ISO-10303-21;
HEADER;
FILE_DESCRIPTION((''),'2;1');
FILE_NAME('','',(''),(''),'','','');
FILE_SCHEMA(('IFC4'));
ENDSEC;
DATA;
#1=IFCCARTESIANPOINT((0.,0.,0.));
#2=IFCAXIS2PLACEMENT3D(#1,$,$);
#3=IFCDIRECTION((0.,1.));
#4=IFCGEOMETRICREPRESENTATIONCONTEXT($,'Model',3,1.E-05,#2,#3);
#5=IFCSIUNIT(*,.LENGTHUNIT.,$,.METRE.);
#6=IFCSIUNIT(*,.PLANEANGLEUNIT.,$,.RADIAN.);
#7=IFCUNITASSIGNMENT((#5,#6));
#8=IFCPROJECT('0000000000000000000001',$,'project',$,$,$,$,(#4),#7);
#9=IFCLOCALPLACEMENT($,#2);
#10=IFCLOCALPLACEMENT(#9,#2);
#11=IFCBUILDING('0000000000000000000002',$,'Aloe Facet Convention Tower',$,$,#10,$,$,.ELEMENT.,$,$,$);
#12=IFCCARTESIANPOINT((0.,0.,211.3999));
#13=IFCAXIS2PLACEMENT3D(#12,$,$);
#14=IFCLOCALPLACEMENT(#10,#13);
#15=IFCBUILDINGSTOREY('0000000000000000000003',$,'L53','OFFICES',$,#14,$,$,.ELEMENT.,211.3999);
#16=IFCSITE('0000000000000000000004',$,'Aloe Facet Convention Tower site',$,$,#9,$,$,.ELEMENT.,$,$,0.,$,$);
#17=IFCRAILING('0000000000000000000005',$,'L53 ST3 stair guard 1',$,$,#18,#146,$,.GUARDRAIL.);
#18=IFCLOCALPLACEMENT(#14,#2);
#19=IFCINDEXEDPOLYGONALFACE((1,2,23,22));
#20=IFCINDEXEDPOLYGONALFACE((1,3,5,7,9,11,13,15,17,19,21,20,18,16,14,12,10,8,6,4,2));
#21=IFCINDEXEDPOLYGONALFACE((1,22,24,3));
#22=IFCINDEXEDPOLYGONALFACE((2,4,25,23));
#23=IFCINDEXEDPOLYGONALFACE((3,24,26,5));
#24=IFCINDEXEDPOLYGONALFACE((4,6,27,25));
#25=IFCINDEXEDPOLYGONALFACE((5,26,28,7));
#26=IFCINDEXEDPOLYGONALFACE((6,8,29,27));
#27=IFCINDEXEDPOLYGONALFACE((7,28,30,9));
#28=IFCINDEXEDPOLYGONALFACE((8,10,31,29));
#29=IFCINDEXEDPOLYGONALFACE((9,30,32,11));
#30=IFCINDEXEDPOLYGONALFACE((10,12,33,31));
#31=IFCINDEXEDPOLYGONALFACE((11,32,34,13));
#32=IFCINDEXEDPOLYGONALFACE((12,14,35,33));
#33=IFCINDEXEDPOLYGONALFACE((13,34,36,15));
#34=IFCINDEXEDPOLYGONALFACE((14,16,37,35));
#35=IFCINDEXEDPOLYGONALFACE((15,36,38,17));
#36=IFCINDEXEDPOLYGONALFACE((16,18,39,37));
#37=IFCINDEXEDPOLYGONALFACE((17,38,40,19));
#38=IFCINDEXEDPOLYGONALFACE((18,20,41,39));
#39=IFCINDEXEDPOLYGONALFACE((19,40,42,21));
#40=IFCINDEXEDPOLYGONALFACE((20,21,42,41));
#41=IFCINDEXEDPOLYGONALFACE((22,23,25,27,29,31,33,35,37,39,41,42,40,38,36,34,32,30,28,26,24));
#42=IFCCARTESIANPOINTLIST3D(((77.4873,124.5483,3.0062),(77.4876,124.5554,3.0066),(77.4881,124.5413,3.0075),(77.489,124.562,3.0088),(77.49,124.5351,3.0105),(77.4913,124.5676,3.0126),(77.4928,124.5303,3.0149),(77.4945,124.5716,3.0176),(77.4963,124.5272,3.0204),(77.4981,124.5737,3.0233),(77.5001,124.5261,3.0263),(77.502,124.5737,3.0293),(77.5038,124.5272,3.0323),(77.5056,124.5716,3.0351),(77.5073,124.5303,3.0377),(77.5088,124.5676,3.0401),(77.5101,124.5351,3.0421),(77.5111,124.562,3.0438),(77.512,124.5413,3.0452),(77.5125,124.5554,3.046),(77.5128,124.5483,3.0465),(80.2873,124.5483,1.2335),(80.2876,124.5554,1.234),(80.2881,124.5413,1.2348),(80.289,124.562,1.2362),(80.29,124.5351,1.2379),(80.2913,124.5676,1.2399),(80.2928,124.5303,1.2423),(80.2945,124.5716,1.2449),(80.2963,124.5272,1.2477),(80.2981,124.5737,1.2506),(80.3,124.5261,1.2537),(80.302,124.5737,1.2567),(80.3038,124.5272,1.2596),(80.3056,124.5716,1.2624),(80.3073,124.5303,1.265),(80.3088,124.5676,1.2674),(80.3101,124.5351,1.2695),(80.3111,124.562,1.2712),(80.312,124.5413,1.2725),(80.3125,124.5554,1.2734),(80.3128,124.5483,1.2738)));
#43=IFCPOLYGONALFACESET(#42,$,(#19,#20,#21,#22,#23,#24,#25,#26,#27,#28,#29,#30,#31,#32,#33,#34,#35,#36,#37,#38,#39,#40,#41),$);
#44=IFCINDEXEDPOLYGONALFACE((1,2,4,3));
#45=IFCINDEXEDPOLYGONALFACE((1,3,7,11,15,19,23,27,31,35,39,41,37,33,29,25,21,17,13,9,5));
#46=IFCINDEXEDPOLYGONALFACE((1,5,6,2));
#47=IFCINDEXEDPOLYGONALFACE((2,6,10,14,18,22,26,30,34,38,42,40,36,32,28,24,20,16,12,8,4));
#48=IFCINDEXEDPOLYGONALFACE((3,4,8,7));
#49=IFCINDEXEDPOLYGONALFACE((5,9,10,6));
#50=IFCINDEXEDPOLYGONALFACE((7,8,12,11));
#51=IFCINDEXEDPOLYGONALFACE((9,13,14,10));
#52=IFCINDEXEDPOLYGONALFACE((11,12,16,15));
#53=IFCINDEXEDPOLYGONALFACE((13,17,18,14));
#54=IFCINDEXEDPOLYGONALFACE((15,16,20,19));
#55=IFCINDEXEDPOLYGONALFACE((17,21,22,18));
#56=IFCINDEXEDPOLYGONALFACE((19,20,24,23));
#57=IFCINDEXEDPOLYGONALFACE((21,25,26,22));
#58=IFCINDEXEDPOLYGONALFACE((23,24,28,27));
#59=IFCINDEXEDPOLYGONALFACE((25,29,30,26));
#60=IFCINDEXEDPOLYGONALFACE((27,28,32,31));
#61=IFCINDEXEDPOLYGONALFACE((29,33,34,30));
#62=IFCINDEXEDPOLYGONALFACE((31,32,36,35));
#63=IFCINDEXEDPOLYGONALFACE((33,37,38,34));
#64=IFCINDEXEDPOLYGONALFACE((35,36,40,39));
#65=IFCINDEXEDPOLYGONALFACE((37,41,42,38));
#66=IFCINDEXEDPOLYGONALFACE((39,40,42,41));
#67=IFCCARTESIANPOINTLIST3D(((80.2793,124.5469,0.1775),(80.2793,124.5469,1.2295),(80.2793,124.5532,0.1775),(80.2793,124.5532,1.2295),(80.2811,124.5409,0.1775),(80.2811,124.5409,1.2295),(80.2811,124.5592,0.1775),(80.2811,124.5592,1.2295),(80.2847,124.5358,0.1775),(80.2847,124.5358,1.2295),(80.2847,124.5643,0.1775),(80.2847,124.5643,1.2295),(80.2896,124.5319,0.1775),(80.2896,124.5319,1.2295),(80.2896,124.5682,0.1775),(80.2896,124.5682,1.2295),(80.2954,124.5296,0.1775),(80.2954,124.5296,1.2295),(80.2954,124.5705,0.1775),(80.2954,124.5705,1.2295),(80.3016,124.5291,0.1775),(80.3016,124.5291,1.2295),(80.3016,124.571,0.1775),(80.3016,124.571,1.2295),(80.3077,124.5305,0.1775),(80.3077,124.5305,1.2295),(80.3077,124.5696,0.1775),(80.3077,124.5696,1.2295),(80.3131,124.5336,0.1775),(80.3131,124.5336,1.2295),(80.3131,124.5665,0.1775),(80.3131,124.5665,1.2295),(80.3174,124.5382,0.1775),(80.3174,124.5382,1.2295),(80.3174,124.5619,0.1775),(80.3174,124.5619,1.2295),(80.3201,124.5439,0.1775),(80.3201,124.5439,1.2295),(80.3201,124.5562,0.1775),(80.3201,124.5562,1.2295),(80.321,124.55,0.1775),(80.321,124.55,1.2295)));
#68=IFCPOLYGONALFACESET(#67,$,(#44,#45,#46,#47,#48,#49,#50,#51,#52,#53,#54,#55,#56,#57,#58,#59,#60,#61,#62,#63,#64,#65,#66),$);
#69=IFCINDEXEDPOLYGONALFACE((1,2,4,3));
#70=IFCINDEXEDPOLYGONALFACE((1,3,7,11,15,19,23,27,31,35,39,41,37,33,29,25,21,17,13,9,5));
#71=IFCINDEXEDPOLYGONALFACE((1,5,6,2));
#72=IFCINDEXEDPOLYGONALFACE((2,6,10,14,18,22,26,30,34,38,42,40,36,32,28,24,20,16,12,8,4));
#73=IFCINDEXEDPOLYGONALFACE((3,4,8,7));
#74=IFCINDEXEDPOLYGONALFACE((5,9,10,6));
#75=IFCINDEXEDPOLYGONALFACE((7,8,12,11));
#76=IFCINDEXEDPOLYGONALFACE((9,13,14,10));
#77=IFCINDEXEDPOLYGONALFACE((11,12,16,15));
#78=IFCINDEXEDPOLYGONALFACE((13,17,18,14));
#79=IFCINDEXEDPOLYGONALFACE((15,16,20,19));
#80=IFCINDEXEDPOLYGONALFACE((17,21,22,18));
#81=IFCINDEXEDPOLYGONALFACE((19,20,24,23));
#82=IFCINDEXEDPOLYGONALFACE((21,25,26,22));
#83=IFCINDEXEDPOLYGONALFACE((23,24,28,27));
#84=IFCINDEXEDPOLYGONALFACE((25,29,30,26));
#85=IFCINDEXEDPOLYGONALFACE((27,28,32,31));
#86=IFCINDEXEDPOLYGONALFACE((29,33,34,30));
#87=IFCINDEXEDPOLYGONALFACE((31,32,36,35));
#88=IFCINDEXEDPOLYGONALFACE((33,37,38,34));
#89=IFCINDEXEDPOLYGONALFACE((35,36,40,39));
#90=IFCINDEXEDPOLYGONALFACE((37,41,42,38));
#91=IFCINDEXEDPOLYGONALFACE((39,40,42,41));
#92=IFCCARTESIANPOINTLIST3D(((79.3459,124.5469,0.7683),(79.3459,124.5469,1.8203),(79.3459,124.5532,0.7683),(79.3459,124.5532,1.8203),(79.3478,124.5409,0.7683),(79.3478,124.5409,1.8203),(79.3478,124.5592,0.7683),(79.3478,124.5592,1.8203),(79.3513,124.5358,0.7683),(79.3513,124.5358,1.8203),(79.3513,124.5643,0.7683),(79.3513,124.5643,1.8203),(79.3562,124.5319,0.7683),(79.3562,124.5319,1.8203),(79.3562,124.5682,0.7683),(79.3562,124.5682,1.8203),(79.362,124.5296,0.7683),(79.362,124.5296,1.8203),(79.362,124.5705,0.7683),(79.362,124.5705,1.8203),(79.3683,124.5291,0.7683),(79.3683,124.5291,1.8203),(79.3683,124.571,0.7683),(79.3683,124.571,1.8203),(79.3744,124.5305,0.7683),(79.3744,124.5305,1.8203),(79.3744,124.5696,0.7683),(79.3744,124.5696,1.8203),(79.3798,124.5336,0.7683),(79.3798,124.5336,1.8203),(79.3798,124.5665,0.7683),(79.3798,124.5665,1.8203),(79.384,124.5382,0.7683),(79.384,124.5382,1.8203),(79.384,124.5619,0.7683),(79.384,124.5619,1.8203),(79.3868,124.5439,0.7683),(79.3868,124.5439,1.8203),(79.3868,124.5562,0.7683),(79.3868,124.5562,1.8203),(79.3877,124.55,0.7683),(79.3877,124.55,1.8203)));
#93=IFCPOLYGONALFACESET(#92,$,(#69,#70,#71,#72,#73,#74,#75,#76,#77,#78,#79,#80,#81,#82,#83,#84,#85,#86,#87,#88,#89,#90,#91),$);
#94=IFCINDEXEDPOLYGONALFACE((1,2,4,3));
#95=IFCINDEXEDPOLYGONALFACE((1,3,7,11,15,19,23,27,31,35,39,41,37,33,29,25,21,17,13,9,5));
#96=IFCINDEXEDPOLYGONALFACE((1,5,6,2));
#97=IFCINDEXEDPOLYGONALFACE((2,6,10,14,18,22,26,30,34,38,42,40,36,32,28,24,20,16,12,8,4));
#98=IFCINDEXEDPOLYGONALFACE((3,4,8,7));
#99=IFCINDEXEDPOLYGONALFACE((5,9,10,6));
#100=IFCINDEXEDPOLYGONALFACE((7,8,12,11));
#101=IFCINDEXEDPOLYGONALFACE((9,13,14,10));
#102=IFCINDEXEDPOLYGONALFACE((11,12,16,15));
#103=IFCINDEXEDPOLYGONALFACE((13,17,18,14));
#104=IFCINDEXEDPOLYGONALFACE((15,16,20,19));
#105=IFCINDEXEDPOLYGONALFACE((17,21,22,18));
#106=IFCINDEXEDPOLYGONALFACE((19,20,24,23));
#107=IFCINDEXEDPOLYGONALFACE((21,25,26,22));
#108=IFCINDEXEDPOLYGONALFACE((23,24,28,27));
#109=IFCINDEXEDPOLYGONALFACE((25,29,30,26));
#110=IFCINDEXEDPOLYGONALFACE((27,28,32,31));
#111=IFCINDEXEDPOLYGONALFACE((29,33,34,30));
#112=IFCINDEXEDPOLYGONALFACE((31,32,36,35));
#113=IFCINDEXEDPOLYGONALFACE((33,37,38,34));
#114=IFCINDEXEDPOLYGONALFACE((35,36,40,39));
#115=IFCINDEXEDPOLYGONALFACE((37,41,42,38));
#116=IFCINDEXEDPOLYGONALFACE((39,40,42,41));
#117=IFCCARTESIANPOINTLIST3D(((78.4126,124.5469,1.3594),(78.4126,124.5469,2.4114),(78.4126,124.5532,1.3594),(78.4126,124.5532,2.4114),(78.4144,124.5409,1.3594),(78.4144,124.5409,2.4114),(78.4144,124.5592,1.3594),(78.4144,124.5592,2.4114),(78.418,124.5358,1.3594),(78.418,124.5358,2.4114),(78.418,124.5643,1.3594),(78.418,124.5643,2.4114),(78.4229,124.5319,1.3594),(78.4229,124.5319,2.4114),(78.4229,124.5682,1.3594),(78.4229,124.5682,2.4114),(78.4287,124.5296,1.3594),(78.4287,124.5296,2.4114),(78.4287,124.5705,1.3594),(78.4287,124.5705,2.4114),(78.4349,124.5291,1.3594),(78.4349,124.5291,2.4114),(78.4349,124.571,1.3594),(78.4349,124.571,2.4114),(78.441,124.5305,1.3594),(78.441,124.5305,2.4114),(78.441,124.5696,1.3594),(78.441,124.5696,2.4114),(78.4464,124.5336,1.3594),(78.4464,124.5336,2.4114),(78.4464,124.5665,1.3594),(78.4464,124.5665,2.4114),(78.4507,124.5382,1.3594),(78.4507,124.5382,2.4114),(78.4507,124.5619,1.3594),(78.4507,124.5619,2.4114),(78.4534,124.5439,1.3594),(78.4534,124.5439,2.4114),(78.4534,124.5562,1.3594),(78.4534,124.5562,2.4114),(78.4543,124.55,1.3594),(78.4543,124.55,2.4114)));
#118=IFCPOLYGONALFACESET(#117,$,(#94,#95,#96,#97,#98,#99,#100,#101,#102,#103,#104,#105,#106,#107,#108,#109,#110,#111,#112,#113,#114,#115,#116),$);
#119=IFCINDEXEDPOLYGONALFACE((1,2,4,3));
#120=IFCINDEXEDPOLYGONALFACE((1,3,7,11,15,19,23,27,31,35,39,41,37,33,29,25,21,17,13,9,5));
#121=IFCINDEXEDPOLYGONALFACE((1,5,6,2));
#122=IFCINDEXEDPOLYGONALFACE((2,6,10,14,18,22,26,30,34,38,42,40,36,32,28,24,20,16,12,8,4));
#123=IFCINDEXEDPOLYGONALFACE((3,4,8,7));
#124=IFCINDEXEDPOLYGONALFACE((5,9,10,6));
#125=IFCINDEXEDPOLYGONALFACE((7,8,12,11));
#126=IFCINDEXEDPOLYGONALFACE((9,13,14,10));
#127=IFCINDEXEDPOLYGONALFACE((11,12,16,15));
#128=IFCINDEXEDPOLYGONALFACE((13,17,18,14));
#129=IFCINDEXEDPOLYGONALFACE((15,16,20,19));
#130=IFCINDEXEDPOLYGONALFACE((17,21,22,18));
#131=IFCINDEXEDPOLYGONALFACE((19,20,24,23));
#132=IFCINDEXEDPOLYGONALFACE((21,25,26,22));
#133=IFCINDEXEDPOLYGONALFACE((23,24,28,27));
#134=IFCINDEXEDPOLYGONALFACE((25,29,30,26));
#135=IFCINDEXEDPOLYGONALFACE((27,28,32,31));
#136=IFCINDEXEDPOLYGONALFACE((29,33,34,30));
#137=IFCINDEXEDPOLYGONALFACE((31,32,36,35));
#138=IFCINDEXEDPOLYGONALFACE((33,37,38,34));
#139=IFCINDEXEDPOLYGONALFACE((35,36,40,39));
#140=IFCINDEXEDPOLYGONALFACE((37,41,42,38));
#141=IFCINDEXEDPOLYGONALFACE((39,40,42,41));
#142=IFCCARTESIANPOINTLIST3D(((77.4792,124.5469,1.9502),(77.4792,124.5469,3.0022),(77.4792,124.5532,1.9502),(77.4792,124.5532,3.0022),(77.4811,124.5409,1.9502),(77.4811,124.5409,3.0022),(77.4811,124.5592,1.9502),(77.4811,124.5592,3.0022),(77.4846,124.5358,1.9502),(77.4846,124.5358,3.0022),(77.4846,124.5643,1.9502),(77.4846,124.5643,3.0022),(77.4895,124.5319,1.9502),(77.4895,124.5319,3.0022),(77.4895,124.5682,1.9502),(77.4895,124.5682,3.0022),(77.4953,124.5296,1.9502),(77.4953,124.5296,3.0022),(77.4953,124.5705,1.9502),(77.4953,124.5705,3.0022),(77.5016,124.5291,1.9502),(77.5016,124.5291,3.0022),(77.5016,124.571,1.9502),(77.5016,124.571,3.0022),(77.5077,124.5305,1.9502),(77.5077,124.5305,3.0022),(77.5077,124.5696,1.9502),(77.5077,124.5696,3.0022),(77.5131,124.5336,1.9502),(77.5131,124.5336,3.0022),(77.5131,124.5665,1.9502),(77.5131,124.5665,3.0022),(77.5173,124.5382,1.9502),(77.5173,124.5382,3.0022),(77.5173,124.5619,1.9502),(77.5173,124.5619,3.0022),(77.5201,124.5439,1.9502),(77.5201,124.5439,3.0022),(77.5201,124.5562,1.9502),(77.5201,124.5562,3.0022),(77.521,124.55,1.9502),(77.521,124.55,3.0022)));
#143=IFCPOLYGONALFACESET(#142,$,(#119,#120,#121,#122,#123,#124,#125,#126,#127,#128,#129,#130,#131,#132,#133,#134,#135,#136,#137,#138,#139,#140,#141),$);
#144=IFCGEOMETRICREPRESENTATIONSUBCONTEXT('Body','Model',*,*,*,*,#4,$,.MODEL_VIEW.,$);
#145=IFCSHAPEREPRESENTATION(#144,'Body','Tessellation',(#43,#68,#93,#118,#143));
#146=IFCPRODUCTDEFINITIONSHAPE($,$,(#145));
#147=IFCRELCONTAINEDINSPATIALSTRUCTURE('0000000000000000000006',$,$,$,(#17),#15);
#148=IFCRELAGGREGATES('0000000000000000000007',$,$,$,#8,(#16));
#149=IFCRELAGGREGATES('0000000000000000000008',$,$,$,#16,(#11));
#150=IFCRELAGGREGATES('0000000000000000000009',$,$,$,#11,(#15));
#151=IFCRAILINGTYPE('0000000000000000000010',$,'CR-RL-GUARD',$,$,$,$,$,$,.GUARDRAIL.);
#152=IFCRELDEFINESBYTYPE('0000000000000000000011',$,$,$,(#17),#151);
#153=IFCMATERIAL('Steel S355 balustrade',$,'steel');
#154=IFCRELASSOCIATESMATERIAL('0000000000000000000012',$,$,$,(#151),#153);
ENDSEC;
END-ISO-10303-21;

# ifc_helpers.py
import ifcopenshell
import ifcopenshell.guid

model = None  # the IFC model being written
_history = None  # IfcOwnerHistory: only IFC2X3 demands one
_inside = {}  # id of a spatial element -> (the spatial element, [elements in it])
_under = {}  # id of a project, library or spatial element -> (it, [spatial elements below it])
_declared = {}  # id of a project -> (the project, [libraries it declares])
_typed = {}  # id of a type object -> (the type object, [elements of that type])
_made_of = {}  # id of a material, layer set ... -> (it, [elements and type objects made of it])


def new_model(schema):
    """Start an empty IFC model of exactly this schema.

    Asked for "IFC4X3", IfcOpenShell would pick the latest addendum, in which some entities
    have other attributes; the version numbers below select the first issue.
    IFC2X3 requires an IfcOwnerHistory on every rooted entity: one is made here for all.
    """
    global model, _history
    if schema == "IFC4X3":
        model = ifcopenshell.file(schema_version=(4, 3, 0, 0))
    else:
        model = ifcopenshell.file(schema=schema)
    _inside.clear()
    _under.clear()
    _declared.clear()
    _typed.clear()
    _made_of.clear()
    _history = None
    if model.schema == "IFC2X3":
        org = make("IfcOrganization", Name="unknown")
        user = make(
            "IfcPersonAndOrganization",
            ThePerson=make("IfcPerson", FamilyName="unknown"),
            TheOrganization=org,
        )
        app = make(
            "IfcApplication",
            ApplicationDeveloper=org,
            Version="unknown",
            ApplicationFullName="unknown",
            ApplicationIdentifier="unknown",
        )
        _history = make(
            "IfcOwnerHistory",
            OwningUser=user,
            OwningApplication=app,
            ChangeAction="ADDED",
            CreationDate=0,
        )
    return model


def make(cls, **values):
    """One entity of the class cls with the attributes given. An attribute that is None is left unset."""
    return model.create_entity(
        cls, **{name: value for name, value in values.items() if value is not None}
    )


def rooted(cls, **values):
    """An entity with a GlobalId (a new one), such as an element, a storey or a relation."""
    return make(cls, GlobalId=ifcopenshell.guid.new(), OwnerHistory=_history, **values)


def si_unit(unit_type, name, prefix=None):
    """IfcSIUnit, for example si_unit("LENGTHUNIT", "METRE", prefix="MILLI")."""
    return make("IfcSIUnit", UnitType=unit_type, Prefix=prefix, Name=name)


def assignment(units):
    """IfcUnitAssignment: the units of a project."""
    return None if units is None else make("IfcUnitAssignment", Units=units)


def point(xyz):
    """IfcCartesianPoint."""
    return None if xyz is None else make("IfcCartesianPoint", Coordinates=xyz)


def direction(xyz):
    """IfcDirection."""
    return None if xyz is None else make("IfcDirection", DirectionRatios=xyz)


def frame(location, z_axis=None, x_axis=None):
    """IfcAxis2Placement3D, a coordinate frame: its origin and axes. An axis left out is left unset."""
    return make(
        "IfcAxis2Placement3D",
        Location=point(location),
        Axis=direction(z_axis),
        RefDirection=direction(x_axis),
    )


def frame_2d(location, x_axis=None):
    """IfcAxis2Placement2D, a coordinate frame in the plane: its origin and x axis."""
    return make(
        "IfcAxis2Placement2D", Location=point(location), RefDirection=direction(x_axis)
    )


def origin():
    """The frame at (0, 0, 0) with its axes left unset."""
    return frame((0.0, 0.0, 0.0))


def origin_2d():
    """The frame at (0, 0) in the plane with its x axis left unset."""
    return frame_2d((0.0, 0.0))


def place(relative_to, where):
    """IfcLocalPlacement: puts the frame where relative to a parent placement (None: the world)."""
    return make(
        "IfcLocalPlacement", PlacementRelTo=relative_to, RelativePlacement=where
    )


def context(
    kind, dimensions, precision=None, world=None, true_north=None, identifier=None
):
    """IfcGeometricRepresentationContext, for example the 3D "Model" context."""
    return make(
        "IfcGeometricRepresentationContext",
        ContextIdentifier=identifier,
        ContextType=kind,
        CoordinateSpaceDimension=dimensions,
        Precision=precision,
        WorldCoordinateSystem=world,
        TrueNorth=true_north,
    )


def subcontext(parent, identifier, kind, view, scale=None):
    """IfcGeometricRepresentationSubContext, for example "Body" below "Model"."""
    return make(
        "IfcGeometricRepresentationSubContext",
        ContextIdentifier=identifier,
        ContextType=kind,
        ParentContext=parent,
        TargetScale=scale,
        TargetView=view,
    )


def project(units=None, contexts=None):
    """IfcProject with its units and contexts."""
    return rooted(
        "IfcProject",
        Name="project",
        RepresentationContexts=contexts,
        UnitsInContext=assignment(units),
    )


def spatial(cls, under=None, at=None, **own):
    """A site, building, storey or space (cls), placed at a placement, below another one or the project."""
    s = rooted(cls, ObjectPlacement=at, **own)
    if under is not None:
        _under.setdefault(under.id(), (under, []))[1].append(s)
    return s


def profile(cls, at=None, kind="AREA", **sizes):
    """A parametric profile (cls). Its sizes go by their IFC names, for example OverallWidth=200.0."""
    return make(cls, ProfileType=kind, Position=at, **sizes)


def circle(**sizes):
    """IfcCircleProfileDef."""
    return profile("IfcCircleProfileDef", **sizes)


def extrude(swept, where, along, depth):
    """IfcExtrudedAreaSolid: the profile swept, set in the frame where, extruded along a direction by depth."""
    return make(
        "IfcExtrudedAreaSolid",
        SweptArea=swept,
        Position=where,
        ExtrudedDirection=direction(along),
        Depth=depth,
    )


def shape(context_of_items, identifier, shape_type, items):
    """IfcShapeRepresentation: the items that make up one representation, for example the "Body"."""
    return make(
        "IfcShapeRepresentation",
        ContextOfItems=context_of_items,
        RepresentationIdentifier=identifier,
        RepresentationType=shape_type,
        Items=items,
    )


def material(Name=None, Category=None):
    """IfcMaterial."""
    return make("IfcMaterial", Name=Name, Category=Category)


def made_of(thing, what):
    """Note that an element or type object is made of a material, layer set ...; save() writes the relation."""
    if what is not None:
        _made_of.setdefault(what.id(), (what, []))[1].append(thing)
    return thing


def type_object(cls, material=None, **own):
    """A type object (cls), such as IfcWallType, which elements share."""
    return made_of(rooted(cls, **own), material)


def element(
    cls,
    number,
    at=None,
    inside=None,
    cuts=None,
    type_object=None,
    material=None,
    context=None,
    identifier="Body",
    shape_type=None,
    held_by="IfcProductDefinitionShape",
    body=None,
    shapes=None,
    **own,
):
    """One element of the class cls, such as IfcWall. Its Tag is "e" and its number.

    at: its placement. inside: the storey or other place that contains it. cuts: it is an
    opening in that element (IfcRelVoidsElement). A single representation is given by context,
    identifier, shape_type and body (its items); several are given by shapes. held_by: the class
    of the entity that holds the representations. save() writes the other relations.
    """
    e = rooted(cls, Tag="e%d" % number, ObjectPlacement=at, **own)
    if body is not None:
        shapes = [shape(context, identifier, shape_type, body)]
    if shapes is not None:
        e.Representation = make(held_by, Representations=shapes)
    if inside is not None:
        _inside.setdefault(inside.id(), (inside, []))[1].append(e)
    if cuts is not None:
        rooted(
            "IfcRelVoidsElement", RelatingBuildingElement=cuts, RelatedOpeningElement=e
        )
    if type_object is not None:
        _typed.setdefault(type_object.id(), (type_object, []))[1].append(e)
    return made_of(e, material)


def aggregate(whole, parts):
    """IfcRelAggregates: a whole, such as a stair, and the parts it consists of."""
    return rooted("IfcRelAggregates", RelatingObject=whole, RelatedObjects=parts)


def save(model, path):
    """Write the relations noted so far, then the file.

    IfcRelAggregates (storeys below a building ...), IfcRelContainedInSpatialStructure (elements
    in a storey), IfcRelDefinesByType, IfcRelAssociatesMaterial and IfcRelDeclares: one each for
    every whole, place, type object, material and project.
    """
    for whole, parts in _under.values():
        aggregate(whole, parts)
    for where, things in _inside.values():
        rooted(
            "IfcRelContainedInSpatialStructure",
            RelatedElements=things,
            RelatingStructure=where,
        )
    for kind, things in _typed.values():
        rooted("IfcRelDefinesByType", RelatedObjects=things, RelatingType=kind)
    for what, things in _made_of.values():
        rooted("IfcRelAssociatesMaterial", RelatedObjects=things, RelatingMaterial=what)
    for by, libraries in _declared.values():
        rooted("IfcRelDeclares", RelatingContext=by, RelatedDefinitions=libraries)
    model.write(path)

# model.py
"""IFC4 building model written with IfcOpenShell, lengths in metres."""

from ifc_helpers import new_model, si_unit, direction, frame, origin, origin_2d, place, context, subcontext, project, spatial, circle, extrude, material, type_object, element, save


model = new_model("IFC4")

# Units and contexts
model_context = context("Model", 3, precision=1e-05, world=origin(), true_north=direction((0.0, 1.0)))
body_context = subcontext(model_context, "Body", "Model", "MODEL_VIEW")
ifc_project = project(units=[si_unit("LENGTHUNIT", "METRE"), si_unit("PLANEANGLEUNIT", "RADIAN")], contexts=[model_context])

# Site, building, storey
site_placement = place(None, origin())
site = spatial("IfcSite", under=ifc_project, at=site_placement, Name="Aloe Facet Convention Tower site", CompositionType="ELEMENT", RefElevation=0.0)
building_placement = place(site_placement, origin())
building = spatial("IfcBuilding", under=site, at=building_placement, Name="Aloe Facet Convention Tower", CompositionType="ELEMENT")
storey_placement = place(building_placement, frame((0.0, 0.0, 211.3999)))
storey = spatial("IfcBuildingStorey", under=building, at=storey_placement, Name="L53", Description="OFFICES", CompositionType="ELEMENT", Elevation=211.3999)

# Railing
ifc_material_1 = material(Name="Steel S355 balustrade", Category="steel")
railing_type_1 = type_object("IfcRailingType", Name="CR-RL-GUARD", PredefinedType="GUARDRAIL", material=ifc_material_1)
railing_1_placement = place(storey_placement, frame((80.3, 124.55, 0.1775)))
element("IfcRailing", 1, at=railing_1_placement, inside=storey, type_object=railing_type_1, Name="L53 ST3 stair guard 1", PredefinedType="GUARDRAIL", context=body_context, shape_type="SweptSolid", body=[
    extrude(circle(Radius=0.0239, at=origin_2d()), frame((0.0, 0.0, 1.0762), z_axis=(-0.844909, 0.0, 0.53491), x_axis=(0.0, -1.0, 0.0)), (0.0, 0.0, 1.0), 3.314),
    extrude(circle(Radius=0.021, at=origin_2d()), origin(), (0.0, 0.0, 1.0), 1.052),
    extrude(circle(Radius=0.021, at=origin_2d()), frame((-0.9333, 0.0, 0.5908)), (0.0, 0.0, 1.0), 1.052),
    extrude(circle(Radius=0.021, at=origin_2d()), frame((-1.8667, 0.0, 1.1819)), (0.0, 0.0, 1.0), 1.052),
    extrude(circle(Radius=0.021, at=origin_2d()), frame((-2.8, 0.0, 1.7727)), (0.0, 0.0, 1.0), 1.052),
])

save(model, "model.ifc")
